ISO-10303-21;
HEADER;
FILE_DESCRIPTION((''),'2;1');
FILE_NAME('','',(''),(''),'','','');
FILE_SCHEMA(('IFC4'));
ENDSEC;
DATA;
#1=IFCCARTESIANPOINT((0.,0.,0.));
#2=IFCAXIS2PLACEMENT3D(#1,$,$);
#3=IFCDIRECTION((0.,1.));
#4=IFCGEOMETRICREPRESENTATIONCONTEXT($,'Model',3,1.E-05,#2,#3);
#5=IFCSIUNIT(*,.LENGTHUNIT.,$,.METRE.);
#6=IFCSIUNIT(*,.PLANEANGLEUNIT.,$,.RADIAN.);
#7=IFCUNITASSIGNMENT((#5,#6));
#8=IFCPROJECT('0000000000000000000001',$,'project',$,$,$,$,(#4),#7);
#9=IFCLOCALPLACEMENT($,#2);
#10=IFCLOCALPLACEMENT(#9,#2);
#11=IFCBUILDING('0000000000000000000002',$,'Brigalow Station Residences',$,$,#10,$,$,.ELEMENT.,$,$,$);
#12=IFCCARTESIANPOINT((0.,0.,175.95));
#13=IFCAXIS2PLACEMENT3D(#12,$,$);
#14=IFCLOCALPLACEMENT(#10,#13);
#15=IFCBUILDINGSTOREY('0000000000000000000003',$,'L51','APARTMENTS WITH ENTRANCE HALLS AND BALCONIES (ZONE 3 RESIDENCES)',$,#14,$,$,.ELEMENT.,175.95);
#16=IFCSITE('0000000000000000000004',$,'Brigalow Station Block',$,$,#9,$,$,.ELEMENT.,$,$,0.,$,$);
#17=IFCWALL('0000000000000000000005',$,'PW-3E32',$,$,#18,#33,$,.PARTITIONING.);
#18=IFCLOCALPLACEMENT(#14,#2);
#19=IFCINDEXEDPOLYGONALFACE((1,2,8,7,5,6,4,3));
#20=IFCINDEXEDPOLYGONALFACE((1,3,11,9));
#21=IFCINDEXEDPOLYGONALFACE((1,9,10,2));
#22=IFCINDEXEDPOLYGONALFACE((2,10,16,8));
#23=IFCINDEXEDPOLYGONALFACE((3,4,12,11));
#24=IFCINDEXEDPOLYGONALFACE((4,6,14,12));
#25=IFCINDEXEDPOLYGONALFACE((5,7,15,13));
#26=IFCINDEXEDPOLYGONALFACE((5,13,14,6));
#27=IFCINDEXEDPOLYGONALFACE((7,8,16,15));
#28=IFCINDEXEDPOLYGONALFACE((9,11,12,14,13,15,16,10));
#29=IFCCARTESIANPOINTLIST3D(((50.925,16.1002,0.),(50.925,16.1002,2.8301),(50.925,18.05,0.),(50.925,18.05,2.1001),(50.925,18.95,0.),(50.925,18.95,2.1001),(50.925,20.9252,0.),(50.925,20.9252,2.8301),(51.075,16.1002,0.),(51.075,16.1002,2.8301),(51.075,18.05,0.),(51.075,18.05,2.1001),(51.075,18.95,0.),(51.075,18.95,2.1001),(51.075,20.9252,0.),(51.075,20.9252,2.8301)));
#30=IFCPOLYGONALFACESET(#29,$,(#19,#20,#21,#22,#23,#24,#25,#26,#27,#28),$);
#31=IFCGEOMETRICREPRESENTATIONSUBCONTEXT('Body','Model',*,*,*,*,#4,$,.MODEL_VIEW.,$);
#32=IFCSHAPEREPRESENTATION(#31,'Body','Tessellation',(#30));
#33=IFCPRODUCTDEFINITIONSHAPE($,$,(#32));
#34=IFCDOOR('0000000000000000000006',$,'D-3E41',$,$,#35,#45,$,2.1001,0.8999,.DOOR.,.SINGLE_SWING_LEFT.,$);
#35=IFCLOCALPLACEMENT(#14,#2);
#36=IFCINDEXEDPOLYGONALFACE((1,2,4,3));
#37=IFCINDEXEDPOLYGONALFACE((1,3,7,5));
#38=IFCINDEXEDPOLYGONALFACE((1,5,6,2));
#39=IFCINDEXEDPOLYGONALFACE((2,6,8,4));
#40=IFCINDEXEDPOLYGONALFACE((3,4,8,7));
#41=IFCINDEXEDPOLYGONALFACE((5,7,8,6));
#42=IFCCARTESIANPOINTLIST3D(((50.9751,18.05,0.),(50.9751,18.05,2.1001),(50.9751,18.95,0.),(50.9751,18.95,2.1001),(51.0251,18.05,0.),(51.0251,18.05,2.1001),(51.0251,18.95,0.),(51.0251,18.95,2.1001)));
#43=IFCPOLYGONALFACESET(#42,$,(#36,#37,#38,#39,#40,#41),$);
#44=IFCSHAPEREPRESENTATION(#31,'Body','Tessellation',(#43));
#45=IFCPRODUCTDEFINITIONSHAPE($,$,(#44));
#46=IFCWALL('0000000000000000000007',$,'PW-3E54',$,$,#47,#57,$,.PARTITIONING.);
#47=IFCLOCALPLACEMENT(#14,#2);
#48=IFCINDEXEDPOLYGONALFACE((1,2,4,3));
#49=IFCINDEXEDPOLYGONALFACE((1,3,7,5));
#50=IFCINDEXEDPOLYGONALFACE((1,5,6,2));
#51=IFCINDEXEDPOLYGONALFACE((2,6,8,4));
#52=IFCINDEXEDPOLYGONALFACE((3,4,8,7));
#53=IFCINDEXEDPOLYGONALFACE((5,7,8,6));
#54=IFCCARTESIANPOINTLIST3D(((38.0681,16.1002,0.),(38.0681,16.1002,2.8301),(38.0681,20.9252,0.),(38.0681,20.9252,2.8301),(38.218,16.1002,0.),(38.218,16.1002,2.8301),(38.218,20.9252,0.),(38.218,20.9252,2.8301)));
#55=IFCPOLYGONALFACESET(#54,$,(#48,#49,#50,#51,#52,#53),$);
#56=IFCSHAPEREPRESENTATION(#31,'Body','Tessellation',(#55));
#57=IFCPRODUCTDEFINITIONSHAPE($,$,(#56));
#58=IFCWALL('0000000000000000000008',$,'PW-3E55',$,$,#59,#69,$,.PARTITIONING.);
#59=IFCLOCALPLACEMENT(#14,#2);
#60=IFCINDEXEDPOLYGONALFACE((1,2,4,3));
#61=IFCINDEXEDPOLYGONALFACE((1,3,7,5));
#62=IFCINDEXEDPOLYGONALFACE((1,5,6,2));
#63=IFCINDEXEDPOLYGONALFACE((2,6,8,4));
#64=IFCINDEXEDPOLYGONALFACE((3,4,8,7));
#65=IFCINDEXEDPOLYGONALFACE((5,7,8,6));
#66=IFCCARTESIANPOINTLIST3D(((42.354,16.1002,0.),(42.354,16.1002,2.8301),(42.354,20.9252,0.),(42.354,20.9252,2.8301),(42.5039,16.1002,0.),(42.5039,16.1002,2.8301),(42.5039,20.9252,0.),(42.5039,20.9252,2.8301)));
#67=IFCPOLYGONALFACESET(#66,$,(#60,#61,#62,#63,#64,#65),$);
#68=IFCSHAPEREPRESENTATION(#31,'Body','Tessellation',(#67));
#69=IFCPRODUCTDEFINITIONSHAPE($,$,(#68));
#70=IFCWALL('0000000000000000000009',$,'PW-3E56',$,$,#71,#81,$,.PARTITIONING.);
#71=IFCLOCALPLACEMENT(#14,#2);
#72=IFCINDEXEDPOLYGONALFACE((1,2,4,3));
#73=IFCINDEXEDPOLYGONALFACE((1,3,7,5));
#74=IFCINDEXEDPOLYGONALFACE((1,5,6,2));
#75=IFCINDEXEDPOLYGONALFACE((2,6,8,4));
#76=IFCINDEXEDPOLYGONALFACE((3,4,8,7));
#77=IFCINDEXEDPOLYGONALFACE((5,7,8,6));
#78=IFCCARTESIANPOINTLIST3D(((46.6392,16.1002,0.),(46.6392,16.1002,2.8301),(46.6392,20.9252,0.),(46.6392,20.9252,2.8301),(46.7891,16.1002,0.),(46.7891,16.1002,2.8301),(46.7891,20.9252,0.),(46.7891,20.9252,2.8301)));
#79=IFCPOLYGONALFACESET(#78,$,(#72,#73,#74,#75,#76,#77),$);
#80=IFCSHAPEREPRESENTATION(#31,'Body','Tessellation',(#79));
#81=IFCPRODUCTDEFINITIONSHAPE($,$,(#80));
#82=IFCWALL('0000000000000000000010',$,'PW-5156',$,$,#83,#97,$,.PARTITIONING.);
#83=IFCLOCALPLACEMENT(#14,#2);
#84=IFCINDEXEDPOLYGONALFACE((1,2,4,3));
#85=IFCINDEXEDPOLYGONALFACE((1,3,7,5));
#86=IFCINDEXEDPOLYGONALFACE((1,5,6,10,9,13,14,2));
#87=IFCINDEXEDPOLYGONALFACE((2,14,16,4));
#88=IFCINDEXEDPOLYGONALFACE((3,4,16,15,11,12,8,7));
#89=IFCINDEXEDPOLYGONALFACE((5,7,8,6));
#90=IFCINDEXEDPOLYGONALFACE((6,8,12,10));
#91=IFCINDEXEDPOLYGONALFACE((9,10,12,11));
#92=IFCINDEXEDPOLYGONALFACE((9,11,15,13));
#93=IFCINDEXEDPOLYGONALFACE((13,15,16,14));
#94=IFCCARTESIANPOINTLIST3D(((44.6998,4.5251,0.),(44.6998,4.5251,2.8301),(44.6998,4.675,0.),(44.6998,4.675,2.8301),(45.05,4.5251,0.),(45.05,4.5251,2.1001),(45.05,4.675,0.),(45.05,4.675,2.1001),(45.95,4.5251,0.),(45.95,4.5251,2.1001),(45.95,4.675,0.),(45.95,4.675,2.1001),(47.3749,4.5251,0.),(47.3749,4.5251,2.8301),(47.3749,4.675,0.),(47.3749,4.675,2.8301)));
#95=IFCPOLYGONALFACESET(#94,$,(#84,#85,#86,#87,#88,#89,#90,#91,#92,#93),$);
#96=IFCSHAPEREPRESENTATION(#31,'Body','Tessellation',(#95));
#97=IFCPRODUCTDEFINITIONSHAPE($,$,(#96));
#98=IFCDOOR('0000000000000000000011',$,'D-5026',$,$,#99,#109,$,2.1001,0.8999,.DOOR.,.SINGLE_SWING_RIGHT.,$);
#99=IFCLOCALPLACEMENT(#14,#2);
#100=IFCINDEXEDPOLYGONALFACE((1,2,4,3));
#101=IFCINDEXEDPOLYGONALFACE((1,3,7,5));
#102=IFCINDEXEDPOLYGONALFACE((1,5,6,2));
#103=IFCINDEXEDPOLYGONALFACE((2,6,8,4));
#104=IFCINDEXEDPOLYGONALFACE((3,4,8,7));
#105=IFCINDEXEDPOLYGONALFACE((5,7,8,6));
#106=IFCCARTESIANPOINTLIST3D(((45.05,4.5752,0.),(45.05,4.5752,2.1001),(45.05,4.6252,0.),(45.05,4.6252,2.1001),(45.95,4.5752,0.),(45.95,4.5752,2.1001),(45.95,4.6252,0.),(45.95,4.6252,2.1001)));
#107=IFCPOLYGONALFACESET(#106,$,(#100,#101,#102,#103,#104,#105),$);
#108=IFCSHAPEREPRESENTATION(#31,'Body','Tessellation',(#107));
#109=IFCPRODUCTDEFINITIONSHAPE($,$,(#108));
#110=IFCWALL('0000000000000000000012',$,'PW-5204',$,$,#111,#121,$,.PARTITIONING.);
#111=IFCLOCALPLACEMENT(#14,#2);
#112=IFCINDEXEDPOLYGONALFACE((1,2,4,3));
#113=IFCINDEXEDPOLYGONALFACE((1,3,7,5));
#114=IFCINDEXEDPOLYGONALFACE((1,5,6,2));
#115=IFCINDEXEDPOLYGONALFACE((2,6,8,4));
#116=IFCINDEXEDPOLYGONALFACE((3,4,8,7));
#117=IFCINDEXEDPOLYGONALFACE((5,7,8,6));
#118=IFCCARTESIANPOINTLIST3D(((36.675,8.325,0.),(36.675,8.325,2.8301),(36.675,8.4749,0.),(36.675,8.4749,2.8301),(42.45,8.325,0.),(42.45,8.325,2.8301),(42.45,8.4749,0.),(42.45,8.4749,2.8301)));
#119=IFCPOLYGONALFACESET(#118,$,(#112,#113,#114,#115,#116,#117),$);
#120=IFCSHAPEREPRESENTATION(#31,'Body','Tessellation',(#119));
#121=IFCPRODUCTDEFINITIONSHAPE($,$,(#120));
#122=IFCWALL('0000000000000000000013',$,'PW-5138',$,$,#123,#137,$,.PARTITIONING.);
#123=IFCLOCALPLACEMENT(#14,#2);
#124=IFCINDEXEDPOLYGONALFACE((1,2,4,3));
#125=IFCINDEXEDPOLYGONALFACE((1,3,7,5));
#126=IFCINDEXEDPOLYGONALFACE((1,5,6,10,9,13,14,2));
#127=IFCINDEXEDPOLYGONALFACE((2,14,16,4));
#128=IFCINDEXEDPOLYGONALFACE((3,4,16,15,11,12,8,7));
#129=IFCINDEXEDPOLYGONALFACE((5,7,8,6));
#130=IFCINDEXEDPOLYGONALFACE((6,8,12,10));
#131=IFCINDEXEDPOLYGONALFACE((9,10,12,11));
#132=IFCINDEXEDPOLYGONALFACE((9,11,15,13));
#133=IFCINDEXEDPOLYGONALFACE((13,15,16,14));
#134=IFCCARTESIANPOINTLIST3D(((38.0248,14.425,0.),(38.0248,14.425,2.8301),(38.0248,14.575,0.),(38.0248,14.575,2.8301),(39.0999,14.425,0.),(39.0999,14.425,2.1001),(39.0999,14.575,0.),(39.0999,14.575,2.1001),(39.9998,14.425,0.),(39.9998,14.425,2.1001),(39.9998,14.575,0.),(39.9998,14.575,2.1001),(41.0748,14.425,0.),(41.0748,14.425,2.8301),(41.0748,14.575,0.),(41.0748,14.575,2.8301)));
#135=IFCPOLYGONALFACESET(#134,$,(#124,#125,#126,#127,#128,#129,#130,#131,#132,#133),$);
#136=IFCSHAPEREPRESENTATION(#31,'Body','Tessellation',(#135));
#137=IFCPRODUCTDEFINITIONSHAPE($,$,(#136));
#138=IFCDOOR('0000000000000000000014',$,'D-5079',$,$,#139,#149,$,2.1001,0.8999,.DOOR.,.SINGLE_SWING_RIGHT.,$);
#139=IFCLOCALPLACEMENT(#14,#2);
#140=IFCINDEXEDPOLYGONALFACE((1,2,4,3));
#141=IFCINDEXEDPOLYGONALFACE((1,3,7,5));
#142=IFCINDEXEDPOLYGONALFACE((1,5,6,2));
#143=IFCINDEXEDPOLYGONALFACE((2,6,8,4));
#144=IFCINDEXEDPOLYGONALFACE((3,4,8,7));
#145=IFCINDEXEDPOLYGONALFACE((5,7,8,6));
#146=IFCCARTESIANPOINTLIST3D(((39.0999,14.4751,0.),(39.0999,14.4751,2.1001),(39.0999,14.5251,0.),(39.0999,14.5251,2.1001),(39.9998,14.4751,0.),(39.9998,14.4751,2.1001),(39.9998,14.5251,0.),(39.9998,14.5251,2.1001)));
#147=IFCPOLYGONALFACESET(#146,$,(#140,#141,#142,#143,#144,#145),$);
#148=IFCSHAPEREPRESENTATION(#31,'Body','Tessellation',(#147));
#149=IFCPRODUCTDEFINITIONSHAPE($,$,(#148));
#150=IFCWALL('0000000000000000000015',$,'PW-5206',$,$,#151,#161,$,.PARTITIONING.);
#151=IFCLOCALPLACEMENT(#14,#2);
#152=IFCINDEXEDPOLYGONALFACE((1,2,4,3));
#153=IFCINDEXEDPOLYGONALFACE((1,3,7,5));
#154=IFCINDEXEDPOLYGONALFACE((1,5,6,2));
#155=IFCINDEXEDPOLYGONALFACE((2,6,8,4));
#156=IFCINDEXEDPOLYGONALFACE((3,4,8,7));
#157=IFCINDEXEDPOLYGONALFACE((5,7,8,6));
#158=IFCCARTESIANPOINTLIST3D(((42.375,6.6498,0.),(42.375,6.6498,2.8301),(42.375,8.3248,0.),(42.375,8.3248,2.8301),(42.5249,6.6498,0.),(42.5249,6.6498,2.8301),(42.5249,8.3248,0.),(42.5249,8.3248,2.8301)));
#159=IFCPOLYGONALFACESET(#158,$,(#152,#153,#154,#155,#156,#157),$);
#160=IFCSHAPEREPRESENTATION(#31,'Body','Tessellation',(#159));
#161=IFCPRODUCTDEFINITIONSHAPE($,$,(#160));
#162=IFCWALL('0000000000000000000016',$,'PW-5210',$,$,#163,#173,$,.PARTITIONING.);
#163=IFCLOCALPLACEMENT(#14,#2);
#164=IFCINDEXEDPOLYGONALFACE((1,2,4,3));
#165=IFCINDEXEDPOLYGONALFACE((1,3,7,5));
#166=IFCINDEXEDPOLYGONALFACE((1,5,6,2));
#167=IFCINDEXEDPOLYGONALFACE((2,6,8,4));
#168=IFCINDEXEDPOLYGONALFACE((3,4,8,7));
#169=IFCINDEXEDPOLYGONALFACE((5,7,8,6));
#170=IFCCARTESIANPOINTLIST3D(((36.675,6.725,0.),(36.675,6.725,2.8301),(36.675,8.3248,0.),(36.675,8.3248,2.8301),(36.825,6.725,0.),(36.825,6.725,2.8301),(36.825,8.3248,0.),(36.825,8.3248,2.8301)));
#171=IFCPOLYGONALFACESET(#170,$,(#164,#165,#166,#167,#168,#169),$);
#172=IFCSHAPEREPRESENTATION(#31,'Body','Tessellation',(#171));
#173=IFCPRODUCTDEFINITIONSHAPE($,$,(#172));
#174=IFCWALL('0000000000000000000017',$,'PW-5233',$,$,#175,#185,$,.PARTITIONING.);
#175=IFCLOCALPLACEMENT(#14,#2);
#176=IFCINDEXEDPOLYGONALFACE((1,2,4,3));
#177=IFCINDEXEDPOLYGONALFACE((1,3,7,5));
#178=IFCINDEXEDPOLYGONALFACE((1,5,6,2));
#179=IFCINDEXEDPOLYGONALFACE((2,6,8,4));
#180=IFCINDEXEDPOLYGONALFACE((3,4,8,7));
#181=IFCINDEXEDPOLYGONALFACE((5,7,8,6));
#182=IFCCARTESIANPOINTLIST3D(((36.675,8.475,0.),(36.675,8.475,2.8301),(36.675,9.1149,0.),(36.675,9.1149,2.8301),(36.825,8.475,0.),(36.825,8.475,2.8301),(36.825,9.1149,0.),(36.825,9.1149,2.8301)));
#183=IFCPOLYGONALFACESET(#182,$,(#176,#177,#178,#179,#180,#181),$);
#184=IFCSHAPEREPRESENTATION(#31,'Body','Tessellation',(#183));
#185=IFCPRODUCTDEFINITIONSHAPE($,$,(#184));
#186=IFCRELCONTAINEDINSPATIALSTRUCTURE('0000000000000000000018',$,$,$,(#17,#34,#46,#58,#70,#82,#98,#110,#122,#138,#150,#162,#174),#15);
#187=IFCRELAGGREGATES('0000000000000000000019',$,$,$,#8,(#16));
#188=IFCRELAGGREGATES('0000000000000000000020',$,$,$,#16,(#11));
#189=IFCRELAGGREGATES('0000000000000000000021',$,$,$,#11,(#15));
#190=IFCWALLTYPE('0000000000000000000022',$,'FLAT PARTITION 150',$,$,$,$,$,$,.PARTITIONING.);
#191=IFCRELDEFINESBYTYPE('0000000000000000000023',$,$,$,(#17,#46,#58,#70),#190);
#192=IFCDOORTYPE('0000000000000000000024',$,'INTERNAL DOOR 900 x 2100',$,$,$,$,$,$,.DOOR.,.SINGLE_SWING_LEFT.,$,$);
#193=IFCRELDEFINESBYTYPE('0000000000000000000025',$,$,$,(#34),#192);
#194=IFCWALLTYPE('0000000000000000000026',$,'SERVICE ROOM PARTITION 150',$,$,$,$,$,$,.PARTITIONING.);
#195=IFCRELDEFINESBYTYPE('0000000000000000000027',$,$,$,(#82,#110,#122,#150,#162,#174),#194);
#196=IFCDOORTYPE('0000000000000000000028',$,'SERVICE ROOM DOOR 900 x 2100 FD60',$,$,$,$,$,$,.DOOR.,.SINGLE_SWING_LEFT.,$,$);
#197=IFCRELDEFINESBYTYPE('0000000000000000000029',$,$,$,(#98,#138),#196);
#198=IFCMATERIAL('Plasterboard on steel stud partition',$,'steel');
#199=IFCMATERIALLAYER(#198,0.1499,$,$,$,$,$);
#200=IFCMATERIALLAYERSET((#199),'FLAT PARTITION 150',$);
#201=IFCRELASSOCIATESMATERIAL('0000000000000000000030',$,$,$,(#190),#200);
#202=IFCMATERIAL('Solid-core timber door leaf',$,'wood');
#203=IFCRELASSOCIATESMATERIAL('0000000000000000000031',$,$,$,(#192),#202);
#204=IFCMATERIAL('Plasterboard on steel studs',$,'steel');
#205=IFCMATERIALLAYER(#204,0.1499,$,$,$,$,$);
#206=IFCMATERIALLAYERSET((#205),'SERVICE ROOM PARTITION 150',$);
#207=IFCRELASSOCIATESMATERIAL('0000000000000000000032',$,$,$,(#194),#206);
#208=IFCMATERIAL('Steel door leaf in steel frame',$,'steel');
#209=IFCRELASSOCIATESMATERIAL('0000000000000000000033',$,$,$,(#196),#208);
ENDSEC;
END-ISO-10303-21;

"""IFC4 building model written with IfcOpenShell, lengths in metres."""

from ifc_helpers import new_model, si_unit, direction, frame, frame_2d, origin, place, context, subcontext, project, spatial, rectangle, extrude, material, layer, layer_set, type_object, element, fill, save


model = new_model("IFC4")

# Units and contexts
model_context = context("Model", 3, precision=1e-05, world=origin(), true_north=direction((0.0, 1.0)))
body_context = subcontext(model_context, "Body", "Model", "MODEL_VIEW")
ifc_project = project(units=[si_unit("LENGTHUNIT", "METRE"), si_unit("PLANEANGLEUNIT", "RADIAN")], contexts=[model_context])

# Site, building, storey
site_placement = place(None, origin())
site = spatial("IfcSite", under=ifc_project, at=site_placement, Name="Brigalow Station Block", CompositionType="ELEMENT", RefElevation=0.0)
building_placement = place(site_placement, origin())
building = spatial("IfcBuilding", under=site, at=building_placement, Name="Brigalow Station Residences", CompositionType="ELEMENT")
storey_placement = place(building_placement, frame((0.0, 0.0, 175.95)))
storey = spatial("IfcBuildingStorey", under=building, at=storey_placement, Name="L51", Description="APARTMENTS WITH ENTRANCE HALLS AND BALCONIES (ZONE 3 RESIDENCES)", CompositionType="ELEMENT", Elevation=175.95)

# Wall, opening, door
ifc_material_1 = material(Name="Plasterboard on steel stud partition", Category="steel")
ifc_layer_1 = layer(ifc_material_1, 0.1499)
ifc_layer_set_1 = layer_set([ifc_layer_1], Name="FLAT PARTITION 150")
wall_type_1 = type_object("IfcWallType", Name="FLAT PARTITION 150", PredefinedType="PARTITIONING", material=ifc_layer_set_1)
wall_1_placement = place(storey_placement, frame((51.0, 16.1001, 0.0), z_axis=(0.0, 0.0, 1.0), x_axis=(0.0, 1.0, 0.0)))
wall_1 = element("IfcWall", 1, at=wall_1_placement, inside=storey, type_object=wall_type_1, Name="PW-3E32", PredefinedType="PARTITIONING", context=body_context, shape_type="SweptSolid", body=[
    extrude(rectangle(XDim=4.825, YDim=0.1499, at=frame_2d((2.4126, 0.0))), origin(), (0.0, 0.0, 1.0), 2.8301),
])
opening_1_placement = place(wall_1_placement, frame((1.95, 0.0, 0.0)))
opening_1 = element("IfcOpeningElement", 2, at=opening_1_placement, cuts=wall_1, PredefinedType="OPENING", context=body_context, shape_type="SweptSolid", body=[
    extrude(rectangle(XDim=0.8999, YDim=2.1001, at=frame_2d((0.45, 1.05))), frame((0.0, 0.085, 0.0), z_axis=(0.0, -1.0, 0.0), x_axis=(1.0, 0.0, 0.0)), (0.0, 0.0, 1.0), 0.1699),
])
ifc_material_2 = material(Name="Solid-core timber door leaf", Category="wood")
door_type_1 = type_object("IfcDoorType", Name="INTERNAL DOOR 900 x 2100", OperationType="SINGLE_SWING_LEFT", PredefinedType="DOOR", material=ifc_material_2)
door_1_placement = place(opening_1_placement, origin())
door_1 = element("IfcDoor", 3, at=door_1_placement, inside=storey, type_object=door_type_1, Name="D-3E41", OperationType="SINGLE_SWING_LEFT", OverallHeight=2.1001, OverallWidth=0.8999, PredefinedType="DOOR", context=body_context, shape_type="SweptSolid", body=[
    extrude(rectangle(XDim=0.8999, YDim=2.1001, at=frame_2d((0.45, 1.05))), frame((0.0, 0.0249, 0.0), z_axis=(0.0, -1.0, 0.0), x_axis=(1.0, 0.0, 0.0)), (0.0, 0.0, 1.0), 0.05),
])
fill(opening_1, door_1)

# Walls
for number, where, z_axis, x_axis, name in (
    (4, (38.1431, 16.1001, 0.0), (0.0, 0.0, 1.0), (0.0, 1.0, 0.0), "PW-3E54"),
    (5, (42.429, 16.1001, 0.0), (0.0, 0.0, 1.0), (0.0, 1.0, 0.0), "PW-3E55"),
    (6, (46.7141, 16.1001, 0.0), (0.0, 0.0, 1.0), (0.0, 1.0, 0.0), "PW-3E56"),
):
    element("IfcWall", number, at=place(storey_placement, frame(where, z_axis=z_axis, x_axis=x_axis)), inside=storey, type_object=wall_type_1, Name=name, PredefinedType="PARTITIONING", context=body_context, shape_type="SweptSolid", body=[
        extrude(rectangle(XDim=4.825, YDim=0.1499, at=frame_2d((2.4126, 0.0))), origin(), (0.0, 0.0, 1.0), 2.8301),
    ])

# Wall, opening, door
ifc_material_3 = material(Name="Plasterboard on steel studs", Category="steel")
ifc_layer_2 = layer(ifc_material_3, 0.1499)
ifc_layer_set_2 = layer_set([ifc_layer_2], Name="SERVICE ROOM PARTITION 150")
wall_type_2 = type_object("IfcWallType", Name="SERVICE ROOM PARTITION 150", PredefinedType="PARTITIONING", material=ifc_layer_set_2)
wall_2_placement = place(storey_placement, frame((44.7, 4.6001, 0.0), z_axis=(0.0, 0.0, 1.0), x_axis=(1.0, 0.0, 0.0)))
wall_2 = element("IfcWall", 7, at=wall_2_placement, inside=storey, type_object=wall_type_2, Name="PW-5156", PredefinedType="PARTITIONING", context=body_context, shape_type="SweptSolid", body=[
    extrude(rectangle(XDim=2.675, YDim=0.1499, at=frame_2d((1.3374, 0.0))), origin(), (0.0, 0.0, 1.0), 2.8301),
])
opening_2_placement = place(wall_2_placement, frame((0.3501, 0.0, 0.0)))
opening_2 = element("IfcOpeningElement", 8, at=opening_2_placement, cuts=wall_2, PredefinedType="OPENING", context=body_context, shape_type="SweptSolid", body=[
    extrude(rectangle(XDim=0.8999, YDim=2.1001, at=frame_2d((0.45, 1.05))), frame((0.0, 0.085, 0.0), z_axis=(0.0, -1.0, 0.0), x_axis=(1.0, 0.0, 0.0)), (0.0, 0.0, 1.0), 0.1699),
])
ifc_material_4 = material(Name="Steel door leaf in steel frame", Category="steel")
door_type_2 = type_object("IfcDoorType", Name="SERVICE ROOM DOOR 900 x 2100 FD60", OperationType="SINGLE_SWING_LEFT", PredefinedType="DOOR", material=ifc_material_4)
door_2_placement = place(opening_2_placement, frame((0.8999, 0.0, 0.0), z_axis=(0.0, 0.0, 1.0), x_axis=(-1.0, 0.0, 0.0)))
door_2 = element("IfcDoor", 9, at=door_2_placement, inside=storey, type_object=door_type_2, Name="D-5026", OperationType="SINGLE_SWING_RIGHT", OverallHeight=2.1001, OverallWidth=0.8999, PredefinedType="DOOR", context=body_context, shape_type="SweptSolid", body=[
    extrude(rectangle(XDim=0.8999, YDim=2.1001, at=frame_2d((0.45, 1.05))), frame((0.0, 0.0249, 0.0), z_axis=(0.0, -1.0, 0.0), x_axis=(1.0, 0.0, 0.0)), (0.0, 0.0, 1.0), 0.05),
])
fill(opening_2, door_2)

# Wall
wall_3_placement = place(storey_placement, frame((36.675, 8.3999, 0.0), z_axis=(0.0, 0.0, 1.0), x_axis=(1.0, 0.0, 0.0)))
element("IfcWall", 10, at=wall_3_placement, inside=storey, type_object=wall_type_2, Name="PW-5204", PredefinedType="PARTITIONING", context=body_context, shape_type="SweptSolid", body=[
    extrude(rectangle(XDim=5.7749, YDim=0.1499, at=frame_2d((2.8875, 0.0))), origin(), (0.0, 0.0, 1.0), 2.8301),
])

# Wall, opening, door
wall_4_placement = place(storey_placement, frame((38.0249, 14.5, 0.0), z_axis=(0.0, 0.0, 1.0), x_axis=(1.0, 0.0, 0.0)))
wall_4 = element("IfcWall", 11, at=wall_4_placement, inside=storey, type_object=wall_type_2, Name="PW-5138", PredefinedType="PARTITIONING", context=body_context, shape_type="SweptSolid", body=[
    extrude(rectangle(XDim=3.05, YDim=0.1499, at=frame_2d((1.5249, 0.0))), origin(), (0.0, 0.0, 1.0), 2.8301),
])
opening_3_placement = place(wall_4_placement, frame((1.075, 0.0, 0.0)))
opening_3 = element("IfcOpeningElement", 12, at=opening_3_placement, cuts=wall_4, PredefinedType="OPENING", context=body_context, shape_type="SweptSolid", body=[
    extrude(rectangle(XDim=0.8999, YDim=2.1001, at=frame_2d((0.45, 1.05))), frame((0.0, 0.085, 0.0), z_axis=(0.0, -1.0, 0.0), x_axis=(1.0, 0.0, 0.0)), (0.0, 0.0, 1.0), 0.1699),
])
door_3_placement = place(opening_3_placement, frame((0.8999, 0.0, 0.0), z_axis=(0.0, 0.0, 1.0), x_axis=(-1.0, 0.0, 0.0)))
door_3 = element("IfcDoor", 13, at=door_3_placement, inside=storey, type_object=door_type_2, Name="D-5079", OperationType="SINGLE_SWING_RIGHT", OverallHeight=2.1001, OverallWidth=0.8999, PredefinedType="DOOR", context=body_context, shape_type="SweptSolid", body=[
    extrude(rectangle(XDim=0.8999, YDim=2.1001, at=frame_2d((0.45, 1.05))), frame((0.0, 0.0249, 0.0), z_axis=(0.0, -1.0, 0.0), x_axis=(1.0, 0.0, 0.0)), (0.0, 0.0, 1.0), 0.05),
])
fill(opening_3, door_3)

# Walls
wall_5_placement = place(storey_placement, frame((42.45, 6.6499, 0.0), z_axis=(0.0, 0.0, 1.0), x_axis=(0.0, 1.0, 0.0)))
element("IfcWall", 14, at=wall_5_placement, inside=storey, type_object=wall_type_2, Name="PW-5206", PredefinedType="PARTITIONING", context=body_context, shape_type="SweptSolid", body=[
    extrude(rectangle(XDim=1.675, YDim=0.1499, at=frame_2d((0.8374, 0.0))), origin(), (0.0, 0.0, 1.0), 2.8301),
])
wall_6_placement = place(storey_placement, frame((36.75, 6.7251, 0.0), z_axis=(0.0, 0.0, 1.0), x_axis=(0.0, 1.0, 0.0)))
element("IfcWall", 15, at=wall_6_placement, inside=storey, type_object=wall_type_2, Name="PW-5210", PredefinedType="PARTITIONING", context=body_context, shape_type="SweptSolid", body=[
    extrude(rectangle(XDim=1.5999, YDim=0.1499, at=frame_2d((0.7998, 0.0))), origin(), (0.0, 0.0, 1.0), 2.8301),
])
wall_7_placement = place(storey_placement, frame((36.75, 8.4751, 0.0), z_axis=(0.0, 0.0, 1.0), x_axis=(0.0, 1.0, 0.0)))
element("IfcWall", 16, at=wall_7_placement, inside=storey, type_object=wall_type_2, Name="PW-5233", PredefinedType="PARTITIONING", context=body_context, shape_type="SweptSolid", body=[
    extrude(rectangle(XDim=0.6399, YDim=0.1499, at=frame_2d((0.3198, 0.0))), origin(), (0.0, 0.0, 1.0), 2.8301),
])

save(model, "model.ifc")
